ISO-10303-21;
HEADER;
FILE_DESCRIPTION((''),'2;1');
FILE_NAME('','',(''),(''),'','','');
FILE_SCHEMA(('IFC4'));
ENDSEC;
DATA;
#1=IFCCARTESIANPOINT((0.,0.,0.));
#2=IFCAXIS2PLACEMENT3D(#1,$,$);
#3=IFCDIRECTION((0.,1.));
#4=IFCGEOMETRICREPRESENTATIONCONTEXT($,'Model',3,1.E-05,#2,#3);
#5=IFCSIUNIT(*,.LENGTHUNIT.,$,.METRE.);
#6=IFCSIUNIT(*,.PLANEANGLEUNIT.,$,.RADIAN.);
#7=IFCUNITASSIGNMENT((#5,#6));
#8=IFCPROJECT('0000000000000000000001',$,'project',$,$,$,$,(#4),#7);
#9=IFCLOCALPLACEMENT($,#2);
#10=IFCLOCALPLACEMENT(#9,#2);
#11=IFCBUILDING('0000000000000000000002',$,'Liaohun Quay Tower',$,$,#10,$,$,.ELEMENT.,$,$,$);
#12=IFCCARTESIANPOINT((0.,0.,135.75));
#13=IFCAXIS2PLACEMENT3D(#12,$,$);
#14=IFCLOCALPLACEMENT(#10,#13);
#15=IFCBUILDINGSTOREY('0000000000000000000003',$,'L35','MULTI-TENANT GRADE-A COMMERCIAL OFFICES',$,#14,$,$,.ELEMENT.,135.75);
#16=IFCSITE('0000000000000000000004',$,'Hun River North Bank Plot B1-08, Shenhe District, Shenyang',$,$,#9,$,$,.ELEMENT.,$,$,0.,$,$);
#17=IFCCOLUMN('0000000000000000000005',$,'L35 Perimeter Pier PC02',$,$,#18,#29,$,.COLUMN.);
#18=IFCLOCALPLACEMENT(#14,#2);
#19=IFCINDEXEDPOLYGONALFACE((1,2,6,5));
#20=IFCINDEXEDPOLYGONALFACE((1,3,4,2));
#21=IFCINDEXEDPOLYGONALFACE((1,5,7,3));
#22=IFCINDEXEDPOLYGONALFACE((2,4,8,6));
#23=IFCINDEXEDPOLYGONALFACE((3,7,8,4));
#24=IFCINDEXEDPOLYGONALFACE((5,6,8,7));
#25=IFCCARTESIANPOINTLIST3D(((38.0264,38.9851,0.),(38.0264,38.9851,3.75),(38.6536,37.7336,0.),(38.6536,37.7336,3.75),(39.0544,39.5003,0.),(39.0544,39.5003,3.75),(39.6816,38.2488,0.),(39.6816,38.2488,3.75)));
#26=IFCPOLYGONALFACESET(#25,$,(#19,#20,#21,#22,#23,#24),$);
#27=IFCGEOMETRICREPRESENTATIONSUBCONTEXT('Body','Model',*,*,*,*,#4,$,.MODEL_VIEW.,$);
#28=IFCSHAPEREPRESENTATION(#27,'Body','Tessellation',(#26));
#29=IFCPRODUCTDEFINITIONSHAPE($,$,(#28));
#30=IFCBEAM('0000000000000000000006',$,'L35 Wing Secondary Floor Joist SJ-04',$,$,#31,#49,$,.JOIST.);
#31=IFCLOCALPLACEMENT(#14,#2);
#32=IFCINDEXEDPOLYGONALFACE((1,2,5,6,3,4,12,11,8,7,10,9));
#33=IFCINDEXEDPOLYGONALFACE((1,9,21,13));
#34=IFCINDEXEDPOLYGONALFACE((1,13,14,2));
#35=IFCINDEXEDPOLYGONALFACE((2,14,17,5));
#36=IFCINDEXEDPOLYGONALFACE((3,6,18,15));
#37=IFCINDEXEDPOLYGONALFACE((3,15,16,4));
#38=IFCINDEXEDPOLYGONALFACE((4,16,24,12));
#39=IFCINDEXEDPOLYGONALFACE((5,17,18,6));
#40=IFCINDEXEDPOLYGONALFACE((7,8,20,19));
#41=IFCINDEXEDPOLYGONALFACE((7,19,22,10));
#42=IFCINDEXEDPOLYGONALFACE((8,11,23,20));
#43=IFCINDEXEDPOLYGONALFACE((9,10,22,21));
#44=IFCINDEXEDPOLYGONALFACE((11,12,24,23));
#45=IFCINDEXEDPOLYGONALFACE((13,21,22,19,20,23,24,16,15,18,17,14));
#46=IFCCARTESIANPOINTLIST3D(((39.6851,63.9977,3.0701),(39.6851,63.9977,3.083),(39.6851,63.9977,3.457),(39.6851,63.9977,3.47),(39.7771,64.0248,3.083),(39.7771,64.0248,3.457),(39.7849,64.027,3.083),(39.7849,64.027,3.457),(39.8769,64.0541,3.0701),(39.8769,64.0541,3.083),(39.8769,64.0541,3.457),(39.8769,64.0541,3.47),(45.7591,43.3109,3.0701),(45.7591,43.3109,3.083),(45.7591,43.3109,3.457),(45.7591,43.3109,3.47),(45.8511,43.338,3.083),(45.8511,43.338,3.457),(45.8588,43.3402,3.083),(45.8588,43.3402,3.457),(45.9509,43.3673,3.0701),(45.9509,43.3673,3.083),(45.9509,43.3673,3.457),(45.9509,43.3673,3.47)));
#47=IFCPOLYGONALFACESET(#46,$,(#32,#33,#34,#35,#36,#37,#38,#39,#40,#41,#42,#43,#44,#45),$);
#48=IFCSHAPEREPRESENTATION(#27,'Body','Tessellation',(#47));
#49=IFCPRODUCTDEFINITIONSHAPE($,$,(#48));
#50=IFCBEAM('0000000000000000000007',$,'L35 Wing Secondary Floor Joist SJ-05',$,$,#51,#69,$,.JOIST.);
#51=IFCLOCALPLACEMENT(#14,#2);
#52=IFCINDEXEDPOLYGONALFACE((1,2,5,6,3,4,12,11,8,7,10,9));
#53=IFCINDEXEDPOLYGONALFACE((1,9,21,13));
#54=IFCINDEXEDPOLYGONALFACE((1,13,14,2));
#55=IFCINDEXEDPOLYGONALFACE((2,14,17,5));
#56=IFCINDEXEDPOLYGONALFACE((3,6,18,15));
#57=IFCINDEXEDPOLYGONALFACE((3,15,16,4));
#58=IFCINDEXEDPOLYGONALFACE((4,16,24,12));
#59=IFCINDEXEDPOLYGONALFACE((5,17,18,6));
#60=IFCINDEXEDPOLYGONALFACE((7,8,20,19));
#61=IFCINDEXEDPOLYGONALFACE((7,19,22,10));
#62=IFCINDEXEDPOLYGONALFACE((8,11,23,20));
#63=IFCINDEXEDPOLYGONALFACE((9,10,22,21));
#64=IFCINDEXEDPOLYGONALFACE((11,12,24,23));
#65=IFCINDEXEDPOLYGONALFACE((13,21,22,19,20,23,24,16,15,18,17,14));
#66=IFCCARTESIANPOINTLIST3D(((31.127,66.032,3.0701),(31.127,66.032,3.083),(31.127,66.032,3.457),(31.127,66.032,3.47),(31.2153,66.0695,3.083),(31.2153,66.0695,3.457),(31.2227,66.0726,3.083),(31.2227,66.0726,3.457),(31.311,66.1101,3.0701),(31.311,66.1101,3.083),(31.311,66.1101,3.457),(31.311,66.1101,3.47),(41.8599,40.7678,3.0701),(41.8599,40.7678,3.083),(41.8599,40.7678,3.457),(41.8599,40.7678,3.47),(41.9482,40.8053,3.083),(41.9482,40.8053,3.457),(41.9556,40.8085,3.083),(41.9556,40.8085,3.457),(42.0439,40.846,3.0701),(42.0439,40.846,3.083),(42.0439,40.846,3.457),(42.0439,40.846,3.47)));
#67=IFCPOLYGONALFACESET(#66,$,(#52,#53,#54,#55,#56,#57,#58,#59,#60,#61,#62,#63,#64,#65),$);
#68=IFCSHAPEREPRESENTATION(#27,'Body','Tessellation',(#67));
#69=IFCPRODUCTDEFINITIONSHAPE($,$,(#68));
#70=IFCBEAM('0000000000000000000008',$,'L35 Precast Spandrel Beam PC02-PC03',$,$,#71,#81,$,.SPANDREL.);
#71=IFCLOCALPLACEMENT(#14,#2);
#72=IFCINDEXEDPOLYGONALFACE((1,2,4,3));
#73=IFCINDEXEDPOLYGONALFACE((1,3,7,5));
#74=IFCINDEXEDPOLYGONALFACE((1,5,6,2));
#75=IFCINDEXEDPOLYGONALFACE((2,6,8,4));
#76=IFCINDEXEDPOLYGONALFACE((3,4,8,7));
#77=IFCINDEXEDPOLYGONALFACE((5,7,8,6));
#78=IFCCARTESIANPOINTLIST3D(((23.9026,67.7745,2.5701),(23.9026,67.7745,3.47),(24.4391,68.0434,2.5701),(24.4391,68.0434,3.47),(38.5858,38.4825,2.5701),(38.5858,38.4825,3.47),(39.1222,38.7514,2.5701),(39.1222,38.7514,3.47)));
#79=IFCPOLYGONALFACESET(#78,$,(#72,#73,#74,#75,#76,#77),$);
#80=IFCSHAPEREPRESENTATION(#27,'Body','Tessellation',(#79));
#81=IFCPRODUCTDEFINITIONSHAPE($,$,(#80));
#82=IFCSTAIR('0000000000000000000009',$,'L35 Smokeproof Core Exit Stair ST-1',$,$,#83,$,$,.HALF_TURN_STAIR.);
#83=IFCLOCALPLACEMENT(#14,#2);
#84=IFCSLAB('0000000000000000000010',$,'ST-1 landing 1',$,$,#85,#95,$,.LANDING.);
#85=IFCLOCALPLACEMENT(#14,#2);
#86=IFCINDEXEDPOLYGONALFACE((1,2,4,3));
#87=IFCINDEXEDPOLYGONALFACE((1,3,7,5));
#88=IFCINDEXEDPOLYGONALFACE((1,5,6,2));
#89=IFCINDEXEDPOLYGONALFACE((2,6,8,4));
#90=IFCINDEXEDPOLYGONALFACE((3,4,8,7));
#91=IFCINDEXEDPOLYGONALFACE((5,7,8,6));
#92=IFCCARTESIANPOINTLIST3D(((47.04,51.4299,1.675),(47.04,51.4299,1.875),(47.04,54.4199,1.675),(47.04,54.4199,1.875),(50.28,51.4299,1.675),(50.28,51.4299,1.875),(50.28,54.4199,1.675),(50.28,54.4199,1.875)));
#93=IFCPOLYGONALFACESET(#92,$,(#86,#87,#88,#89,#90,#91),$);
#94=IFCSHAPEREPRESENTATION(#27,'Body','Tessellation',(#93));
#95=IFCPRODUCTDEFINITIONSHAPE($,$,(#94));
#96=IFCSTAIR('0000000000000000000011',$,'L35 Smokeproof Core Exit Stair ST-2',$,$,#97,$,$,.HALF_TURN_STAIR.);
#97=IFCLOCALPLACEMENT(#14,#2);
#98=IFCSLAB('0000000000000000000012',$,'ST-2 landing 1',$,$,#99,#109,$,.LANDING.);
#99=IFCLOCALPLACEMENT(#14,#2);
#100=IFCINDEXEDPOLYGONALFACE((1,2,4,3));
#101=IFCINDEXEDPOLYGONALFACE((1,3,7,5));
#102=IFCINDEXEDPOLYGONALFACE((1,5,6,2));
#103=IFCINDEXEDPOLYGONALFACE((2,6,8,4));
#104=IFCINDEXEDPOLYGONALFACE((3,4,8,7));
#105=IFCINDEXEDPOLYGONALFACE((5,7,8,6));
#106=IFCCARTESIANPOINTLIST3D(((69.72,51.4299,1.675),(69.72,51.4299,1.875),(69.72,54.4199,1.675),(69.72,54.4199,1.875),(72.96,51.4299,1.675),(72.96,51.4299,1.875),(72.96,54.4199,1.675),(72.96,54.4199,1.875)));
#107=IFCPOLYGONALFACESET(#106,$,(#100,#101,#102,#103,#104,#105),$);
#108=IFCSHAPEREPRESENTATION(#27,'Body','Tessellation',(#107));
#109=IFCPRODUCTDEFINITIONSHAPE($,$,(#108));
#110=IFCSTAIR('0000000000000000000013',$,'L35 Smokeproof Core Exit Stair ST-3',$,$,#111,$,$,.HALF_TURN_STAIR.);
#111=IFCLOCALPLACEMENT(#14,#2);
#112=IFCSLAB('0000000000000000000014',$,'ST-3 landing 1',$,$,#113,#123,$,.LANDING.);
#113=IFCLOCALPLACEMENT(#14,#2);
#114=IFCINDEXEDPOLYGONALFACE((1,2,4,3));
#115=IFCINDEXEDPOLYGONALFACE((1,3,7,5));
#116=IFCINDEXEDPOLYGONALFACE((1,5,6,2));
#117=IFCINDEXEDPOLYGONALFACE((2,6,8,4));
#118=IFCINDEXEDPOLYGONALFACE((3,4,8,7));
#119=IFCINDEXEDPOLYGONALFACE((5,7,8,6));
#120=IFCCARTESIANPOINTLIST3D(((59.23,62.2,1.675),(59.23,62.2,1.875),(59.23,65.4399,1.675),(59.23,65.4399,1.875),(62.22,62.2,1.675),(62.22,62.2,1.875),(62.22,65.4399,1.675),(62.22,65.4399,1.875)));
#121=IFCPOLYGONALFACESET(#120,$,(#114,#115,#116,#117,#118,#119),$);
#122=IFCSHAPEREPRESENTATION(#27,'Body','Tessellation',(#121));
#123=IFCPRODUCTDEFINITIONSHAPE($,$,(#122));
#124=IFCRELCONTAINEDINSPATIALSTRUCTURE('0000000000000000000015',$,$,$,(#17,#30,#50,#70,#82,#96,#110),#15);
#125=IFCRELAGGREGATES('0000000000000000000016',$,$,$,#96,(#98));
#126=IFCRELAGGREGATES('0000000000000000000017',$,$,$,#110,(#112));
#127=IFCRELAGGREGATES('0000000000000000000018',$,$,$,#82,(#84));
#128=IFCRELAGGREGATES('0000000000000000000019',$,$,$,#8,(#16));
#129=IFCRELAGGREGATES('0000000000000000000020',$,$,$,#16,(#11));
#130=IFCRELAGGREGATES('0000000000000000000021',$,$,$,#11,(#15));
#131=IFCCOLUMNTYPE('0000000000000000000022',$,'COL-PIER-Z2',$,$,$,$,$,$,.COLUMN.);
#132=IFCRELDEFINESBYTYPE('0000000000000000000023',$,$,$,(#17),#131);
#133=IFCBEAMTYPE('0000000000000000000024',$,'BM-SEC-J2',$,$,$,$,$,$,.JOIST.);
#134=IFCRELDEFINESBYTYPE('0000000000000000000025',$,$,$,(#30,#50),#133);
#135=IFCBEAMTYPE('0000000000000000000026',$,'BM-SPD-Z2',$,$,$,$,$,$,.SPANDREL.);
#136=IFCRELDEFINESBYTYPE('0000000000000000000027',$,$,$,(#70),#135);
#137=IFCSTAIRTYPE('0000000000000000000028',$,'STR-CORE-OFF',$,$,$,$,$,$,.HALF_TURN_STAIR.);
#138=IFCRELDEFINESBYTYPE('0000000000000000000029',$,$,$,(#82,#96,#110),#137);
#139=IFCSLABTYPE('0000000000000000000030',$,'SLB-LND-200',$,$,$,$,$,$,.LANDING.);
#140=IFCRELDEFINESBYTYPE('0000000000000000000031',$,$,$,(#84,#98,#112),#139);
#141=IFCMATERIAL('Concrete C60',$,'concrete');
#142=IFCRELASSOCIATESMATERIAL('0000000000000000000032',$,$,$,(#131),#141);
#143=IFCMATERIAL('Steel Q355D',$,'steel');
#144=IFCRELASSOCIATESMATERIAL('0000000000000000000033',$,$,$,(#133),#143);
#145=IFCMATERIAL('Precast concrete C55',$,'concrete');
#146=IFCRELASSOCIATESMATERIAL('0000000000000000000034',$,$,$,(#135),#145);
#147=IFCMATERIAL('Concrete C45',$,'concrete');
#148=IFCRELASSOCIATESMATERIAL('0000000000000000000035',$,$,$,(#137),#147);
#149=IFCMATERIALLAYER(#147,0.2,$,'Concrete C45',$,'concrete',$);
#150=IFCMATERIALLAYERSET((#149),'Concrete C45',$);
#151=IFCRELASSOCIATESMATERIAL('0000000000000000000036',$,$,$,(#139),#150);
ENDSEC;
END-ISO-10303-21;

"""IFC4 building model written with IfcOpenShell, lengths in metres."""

from ifc_helpers import new_model, si_unit, direction, frame, origin, origin_2d, place, context, subcontext, project, spatial, polyline, rectangle, i_section, outline, extrude, source, transform, mapped, material, layer, layer_set, material_profile, profile_set, type_object, element, aggregate, save


model = new_model("IFC4")

# Units and contexts
model_context = context("Model", 3, precision=1e-05, world=origin(), true_north=direction((0.0, 1.0)))
body_context = subcontext(model_context, "Body", "Model", "MODEL_VIEW")
ifc_project = project(units=[si_unit("LENGTHUNIT", "METRE"), si_unit("PLANEANGLEUNIT", "RADIAN")], contexts=[model_context])

# Site, building, storey
site_placement = place(None, origin())
site = spatial("IfcSite", under=ifc_project, at=site_placement, Name="Hun River North Bank Plot B1-08, Shenhe District, Shenyang", CompositionType="ELEMENT", RefElevation=0.0)
building_placement = place(site_placement, origin())
building = spatial("IfcBuilding", under=site, at=building_placement, Name="Liaohun Quay Tower", CompositionType="ELEMENT")
storey_placement = place(building_placement, frame((0.0, 0.0, 135.75)))
storey = spatial("IfcBuildingStorey", under=building, at=storey_placement, Name="L35", Description="MULTI-TENANT GRADE-A COMMERCIAL OFFICES", CompositionType="ELEMENT", Elevation=135.75)

# Column
ifc_material_1 = material(Name="Concrete C60", Category="concrete")
ifc_material_profile_1 = material_profile(ifc_material_1, rectangle(XDim=1.3999, YDim=1.1499, at=origin_2d()), Name="RC1400x1150")
ifc_profile_set_1 = profile_set([ifc_material_profile_1], Name="Concrete C60")
column_type = type_object("IfcColumnType", Name="COL-PIER-Z2", PredefinedType="COLUMN", material=ifc_profile_set_1)
shared_shape_1 = source(origin(), body_context, "Body", "SweptSolid", [
    extrude(rectangle(XDim=1.3999, YDim=1.1499, at=origin_2d()), origin(), (0.0, 0.0, 1.0), 3.75),
])
column_placement = place(storey_placement, frame((38.854, 38.6169, 0.0), z_axis=(0.0, 0.0, 1.0), x_axis=(-0.448071, 0.893998, 0.0)))
element("IfcColumn", 1, at=column_placement, inside=storey, type_object=column_type, Name="L35 Perimeter Pier PC02", PredefinedType="COLUMN", context=body_context, shape_type="MappedRepresentation", body=[
    mapped(shared_shape_1, transform((0.0, 0.0, 0.0), x_axis=(1.0, 0.0, 0.0), y_axis=(0.0, 1.0, 0.0), z_axis=(0.0, 0.0, 1.0), scale=1.0)),
])

# Beams
ifc_material_2 = material(Name="Steel Q355D", Category="steel")
ifc_material_profile_2 = material_profile(ifc_material_2, i_section(OverallWidth=0.2, OverallDepth=0.3999, WebThickness=0.0081, FlangeThickness=0.0129, at=origin_2d()), Name="HN400x200x8x13")
ifc_profile_set_2 = profile_set([ifc_material_profile_2], Name="Steel Q355D")
beam_type_1 = type_object("IfcBeamType", Name="BM-SEC-J2", PredefinedType="JOIST", material=ifc_profile_set_2)
shared_shape_2 = source(origin(), body_context, "Body", "SweptSolid", [
    extrude(i_section(OverallWidth=0.2, OverallDepth=0.3999, WebThickness=0.0081, FlangeThickness=0.0129, at=origin_2d()), origin(), (0.0, 0.0, 1.0), 21.5601),
])
beam_1_placement = place(storey_placement, frame((45.855, 43.3391, 3.27), z_axis=(-0.281724, 0.959496, 0.0), x_axis=(-0.959496, -0.281724, 0.0)))
element("IfcBeam", 2, at=beam_1_placement, inside=storey, type_object=beam_type_1, Name="L35 Wing Secondary Floor Joist SJ-04", PredefinedType="JOIST", context=body_context, shape_type="MappedRepresentation", body=[
    mapped(shared_shape_2, transform((0.0, 0.0, 0.0), x_axis=(1.0, 0.0, 0.0), y_axis=(0.0, 1.0, 0.0), z_axis=(0.0, 0.0, 1.0), scale=1.0)),
])
shared_shape_3 = source(origin(), body_context, "Body", "SweptSolid", [
    extrude(i_section(OverallWidth=0.2, OverallDepth=0.3999, WebThickness=0.0081, FlangeThickness=0.0129, at=origin_2d()), origin(), (0.0, 0.0, 1.0), 27.4495),
])
beam_2_placement = place(storey_placement, frame((41.9519, 40.8069, 3.27), z_axis=(-0.391006, 0.920388, 0.0), x_axis=(-0.920388, -0.391006, 0.0)))
element("IfcBeam", 3, at=beam_2_placement, inside=storey, type_object=beam_type_1, Name="L35 Wing Secondary Floor Joist SJ-05", PredefinedType="JOIST", context=body_context, shape_type="MappedRepresentation", body=[
    mapped(shared_shape_3, transform((0.0, 0.0, 0.0), x_axis=(1.0, 0.0, 0.0), y_axis=(0.0, 1.0, 0.0), z_axis=(0.0, 0.0, 1.0), scale=1.0)),
])
ifc_material_3 = material(Name="Precast concrete C55", Category="concrete")
ifc_material_profile_3 = material_profile(ifc_material_3, rectangle(XDim=0.6001, YDim=0.8999, at=origin_2d()), Name="RC600x900")
ifc_profile_set_3 = profile_set([ifc_material_profile_3], Name="Precast concrete C55")
beam_type_2 = type_object("IfcBeamType", Name="BM-SPD-Z2", PredefinedType="SPANDREL", material=ifc_profile_set_3)
shared_shape_4 = source(origin(), body_context, "Body", "SweptSolid", [
    extrude(rectangle(XDim=0.6001, YDim=0.8999, at=origin_2d()), origin(), (0.0, 0.0, 1.0), 32.7661),
])
beam_3_placement = place(storey_placement, frame((38.854, 38.6169, 3.02), z_axis=(-0.448119, 0.893974, 0.0), x_axis=(-0.893974, -0.448119, 0.0)))
element("IfcBeam", 4, at=beam_3_placement, inside=storey, type_object=beam_type_2, Name="L35 Precast Spandrel Beam PC02-PC03", PredefinedType="SPANDREL", context=body_context, shape_type="MappedRepresentation", body=[
    mapped(shared_shape_4, transform((0.0, 0.0, 0.0), x_axis=(1.0, 0.0, 0.0), y_axis=(0.0, 1.0, 0.0), z_axis=(0.0, 0.0, 1.0), scale=1.0)),
])

# Stairs, slabs
ifc_material_4 = material(Name="Concrete C45", Category="concrete")
stair_type = type_object("IfcStairType", Name="STR-CORE-OFF", PredefinedType="HALF_TURN_STAIR", material=ifc_material_4)
stair_1_placement = place(storey_placement, origin())
stair_1 = element("IfcStair", 5, at=stair_1_placement, inside=storey, type_object=stair_type, Name="L35 Smokeproof Core Exit Stair ST-1", PredefinedType="HALF_TURN_STAIR")
ifc_layer_1 = layer(ifc_material_4, 0.2, Name="Concrete C45", Category="concrete")
ifc_layer_set_1 = layer_set([ifc_layer_1], Name="Concrete C45")
slab_type_1 = type_object("IfcSlabType", Name="SLB-LND-200", PredefinedType="LANDING", material=ifc_layer_set_1)
slab_1_placement = place(storey_placement, frame((0.0, 0.0, 1.675)))
slab_1 = element("IfcSlab", 6, at=slab_1_placement, type_object=slab_type_1, Name="ST-1 landing 1", PredefinedType="LANDING", context=body_context, shape_type="SweptSolid", body=[
    extrude(outline(polyline([(50.28, 51.4299), (50.28, 54.4199), (47.04, 54.4199), (47.04, 51.4299), (50.28, 51.4299)])), origin(), (0.0, 0.0, 1.0), 0.2),
])
stair_2_placement = place(storey_placement, origin())
stair_2 = element("IfcStair", 7, at=stair_2_placement, inside=storey, type_object=stair_type, Name="L35 Smokeproof Core Exit Stair ST-2", PredefinedType="HALF_TURN_STAIR")
slab_2_placement = place(storey_placement, frame((0.0, 0.0, 1.675)))
slab_2 = element("IfcSlab", 8, at=slab_2_placement, type_object=slab_type_1, Name="ST-2 landing 1", PredefinedType="LANDING", context=body_context, shape_type="SweptSolid", body=[
    extrude(outline(polyline([(72.96, 51.4299), (72.96, 54.4199), (69.72, 54.4199), (69.72, 51.4299), (72.96, 51.4299)])), origin(), (0.0, 0.0, 1.0), 0.2),
])
aggregate(stair_2, [slab_2])
stair_3_placement = place(storey_placement, origin())
stair_3 = element("IfcStair", 9, at=stair_3_placement, inside=storey, type_object=stair_type, Name="L35 Smokeproof Core Exit Stair ST-3", PredefinedType="HALF_TURN_STAIR")
slab_3_placement = place(storey_placement, frame((0.0, 0.0, 1.675)))
slab_3 = element("IfcSlab", 10, at=slab_3_placement, type_object=slab_type_1, Name="ST-3 landing 1", PredefinedType="LANDING", context=body_context, shape_type="SweptSolid", body=[
    extrude(outline(polyline([(59.23, 62.2), (62.22, 62.2), (62.22, 65.4399), (59.23, 65.4399), (59.23, 62.2)])), origin(), (0.0, 0.0, 1.0), 0.2),
])
aggregate(stair_3, [slab_3])

aggregate(stair_1, [slab_1])

save(model, "model.ifc")
